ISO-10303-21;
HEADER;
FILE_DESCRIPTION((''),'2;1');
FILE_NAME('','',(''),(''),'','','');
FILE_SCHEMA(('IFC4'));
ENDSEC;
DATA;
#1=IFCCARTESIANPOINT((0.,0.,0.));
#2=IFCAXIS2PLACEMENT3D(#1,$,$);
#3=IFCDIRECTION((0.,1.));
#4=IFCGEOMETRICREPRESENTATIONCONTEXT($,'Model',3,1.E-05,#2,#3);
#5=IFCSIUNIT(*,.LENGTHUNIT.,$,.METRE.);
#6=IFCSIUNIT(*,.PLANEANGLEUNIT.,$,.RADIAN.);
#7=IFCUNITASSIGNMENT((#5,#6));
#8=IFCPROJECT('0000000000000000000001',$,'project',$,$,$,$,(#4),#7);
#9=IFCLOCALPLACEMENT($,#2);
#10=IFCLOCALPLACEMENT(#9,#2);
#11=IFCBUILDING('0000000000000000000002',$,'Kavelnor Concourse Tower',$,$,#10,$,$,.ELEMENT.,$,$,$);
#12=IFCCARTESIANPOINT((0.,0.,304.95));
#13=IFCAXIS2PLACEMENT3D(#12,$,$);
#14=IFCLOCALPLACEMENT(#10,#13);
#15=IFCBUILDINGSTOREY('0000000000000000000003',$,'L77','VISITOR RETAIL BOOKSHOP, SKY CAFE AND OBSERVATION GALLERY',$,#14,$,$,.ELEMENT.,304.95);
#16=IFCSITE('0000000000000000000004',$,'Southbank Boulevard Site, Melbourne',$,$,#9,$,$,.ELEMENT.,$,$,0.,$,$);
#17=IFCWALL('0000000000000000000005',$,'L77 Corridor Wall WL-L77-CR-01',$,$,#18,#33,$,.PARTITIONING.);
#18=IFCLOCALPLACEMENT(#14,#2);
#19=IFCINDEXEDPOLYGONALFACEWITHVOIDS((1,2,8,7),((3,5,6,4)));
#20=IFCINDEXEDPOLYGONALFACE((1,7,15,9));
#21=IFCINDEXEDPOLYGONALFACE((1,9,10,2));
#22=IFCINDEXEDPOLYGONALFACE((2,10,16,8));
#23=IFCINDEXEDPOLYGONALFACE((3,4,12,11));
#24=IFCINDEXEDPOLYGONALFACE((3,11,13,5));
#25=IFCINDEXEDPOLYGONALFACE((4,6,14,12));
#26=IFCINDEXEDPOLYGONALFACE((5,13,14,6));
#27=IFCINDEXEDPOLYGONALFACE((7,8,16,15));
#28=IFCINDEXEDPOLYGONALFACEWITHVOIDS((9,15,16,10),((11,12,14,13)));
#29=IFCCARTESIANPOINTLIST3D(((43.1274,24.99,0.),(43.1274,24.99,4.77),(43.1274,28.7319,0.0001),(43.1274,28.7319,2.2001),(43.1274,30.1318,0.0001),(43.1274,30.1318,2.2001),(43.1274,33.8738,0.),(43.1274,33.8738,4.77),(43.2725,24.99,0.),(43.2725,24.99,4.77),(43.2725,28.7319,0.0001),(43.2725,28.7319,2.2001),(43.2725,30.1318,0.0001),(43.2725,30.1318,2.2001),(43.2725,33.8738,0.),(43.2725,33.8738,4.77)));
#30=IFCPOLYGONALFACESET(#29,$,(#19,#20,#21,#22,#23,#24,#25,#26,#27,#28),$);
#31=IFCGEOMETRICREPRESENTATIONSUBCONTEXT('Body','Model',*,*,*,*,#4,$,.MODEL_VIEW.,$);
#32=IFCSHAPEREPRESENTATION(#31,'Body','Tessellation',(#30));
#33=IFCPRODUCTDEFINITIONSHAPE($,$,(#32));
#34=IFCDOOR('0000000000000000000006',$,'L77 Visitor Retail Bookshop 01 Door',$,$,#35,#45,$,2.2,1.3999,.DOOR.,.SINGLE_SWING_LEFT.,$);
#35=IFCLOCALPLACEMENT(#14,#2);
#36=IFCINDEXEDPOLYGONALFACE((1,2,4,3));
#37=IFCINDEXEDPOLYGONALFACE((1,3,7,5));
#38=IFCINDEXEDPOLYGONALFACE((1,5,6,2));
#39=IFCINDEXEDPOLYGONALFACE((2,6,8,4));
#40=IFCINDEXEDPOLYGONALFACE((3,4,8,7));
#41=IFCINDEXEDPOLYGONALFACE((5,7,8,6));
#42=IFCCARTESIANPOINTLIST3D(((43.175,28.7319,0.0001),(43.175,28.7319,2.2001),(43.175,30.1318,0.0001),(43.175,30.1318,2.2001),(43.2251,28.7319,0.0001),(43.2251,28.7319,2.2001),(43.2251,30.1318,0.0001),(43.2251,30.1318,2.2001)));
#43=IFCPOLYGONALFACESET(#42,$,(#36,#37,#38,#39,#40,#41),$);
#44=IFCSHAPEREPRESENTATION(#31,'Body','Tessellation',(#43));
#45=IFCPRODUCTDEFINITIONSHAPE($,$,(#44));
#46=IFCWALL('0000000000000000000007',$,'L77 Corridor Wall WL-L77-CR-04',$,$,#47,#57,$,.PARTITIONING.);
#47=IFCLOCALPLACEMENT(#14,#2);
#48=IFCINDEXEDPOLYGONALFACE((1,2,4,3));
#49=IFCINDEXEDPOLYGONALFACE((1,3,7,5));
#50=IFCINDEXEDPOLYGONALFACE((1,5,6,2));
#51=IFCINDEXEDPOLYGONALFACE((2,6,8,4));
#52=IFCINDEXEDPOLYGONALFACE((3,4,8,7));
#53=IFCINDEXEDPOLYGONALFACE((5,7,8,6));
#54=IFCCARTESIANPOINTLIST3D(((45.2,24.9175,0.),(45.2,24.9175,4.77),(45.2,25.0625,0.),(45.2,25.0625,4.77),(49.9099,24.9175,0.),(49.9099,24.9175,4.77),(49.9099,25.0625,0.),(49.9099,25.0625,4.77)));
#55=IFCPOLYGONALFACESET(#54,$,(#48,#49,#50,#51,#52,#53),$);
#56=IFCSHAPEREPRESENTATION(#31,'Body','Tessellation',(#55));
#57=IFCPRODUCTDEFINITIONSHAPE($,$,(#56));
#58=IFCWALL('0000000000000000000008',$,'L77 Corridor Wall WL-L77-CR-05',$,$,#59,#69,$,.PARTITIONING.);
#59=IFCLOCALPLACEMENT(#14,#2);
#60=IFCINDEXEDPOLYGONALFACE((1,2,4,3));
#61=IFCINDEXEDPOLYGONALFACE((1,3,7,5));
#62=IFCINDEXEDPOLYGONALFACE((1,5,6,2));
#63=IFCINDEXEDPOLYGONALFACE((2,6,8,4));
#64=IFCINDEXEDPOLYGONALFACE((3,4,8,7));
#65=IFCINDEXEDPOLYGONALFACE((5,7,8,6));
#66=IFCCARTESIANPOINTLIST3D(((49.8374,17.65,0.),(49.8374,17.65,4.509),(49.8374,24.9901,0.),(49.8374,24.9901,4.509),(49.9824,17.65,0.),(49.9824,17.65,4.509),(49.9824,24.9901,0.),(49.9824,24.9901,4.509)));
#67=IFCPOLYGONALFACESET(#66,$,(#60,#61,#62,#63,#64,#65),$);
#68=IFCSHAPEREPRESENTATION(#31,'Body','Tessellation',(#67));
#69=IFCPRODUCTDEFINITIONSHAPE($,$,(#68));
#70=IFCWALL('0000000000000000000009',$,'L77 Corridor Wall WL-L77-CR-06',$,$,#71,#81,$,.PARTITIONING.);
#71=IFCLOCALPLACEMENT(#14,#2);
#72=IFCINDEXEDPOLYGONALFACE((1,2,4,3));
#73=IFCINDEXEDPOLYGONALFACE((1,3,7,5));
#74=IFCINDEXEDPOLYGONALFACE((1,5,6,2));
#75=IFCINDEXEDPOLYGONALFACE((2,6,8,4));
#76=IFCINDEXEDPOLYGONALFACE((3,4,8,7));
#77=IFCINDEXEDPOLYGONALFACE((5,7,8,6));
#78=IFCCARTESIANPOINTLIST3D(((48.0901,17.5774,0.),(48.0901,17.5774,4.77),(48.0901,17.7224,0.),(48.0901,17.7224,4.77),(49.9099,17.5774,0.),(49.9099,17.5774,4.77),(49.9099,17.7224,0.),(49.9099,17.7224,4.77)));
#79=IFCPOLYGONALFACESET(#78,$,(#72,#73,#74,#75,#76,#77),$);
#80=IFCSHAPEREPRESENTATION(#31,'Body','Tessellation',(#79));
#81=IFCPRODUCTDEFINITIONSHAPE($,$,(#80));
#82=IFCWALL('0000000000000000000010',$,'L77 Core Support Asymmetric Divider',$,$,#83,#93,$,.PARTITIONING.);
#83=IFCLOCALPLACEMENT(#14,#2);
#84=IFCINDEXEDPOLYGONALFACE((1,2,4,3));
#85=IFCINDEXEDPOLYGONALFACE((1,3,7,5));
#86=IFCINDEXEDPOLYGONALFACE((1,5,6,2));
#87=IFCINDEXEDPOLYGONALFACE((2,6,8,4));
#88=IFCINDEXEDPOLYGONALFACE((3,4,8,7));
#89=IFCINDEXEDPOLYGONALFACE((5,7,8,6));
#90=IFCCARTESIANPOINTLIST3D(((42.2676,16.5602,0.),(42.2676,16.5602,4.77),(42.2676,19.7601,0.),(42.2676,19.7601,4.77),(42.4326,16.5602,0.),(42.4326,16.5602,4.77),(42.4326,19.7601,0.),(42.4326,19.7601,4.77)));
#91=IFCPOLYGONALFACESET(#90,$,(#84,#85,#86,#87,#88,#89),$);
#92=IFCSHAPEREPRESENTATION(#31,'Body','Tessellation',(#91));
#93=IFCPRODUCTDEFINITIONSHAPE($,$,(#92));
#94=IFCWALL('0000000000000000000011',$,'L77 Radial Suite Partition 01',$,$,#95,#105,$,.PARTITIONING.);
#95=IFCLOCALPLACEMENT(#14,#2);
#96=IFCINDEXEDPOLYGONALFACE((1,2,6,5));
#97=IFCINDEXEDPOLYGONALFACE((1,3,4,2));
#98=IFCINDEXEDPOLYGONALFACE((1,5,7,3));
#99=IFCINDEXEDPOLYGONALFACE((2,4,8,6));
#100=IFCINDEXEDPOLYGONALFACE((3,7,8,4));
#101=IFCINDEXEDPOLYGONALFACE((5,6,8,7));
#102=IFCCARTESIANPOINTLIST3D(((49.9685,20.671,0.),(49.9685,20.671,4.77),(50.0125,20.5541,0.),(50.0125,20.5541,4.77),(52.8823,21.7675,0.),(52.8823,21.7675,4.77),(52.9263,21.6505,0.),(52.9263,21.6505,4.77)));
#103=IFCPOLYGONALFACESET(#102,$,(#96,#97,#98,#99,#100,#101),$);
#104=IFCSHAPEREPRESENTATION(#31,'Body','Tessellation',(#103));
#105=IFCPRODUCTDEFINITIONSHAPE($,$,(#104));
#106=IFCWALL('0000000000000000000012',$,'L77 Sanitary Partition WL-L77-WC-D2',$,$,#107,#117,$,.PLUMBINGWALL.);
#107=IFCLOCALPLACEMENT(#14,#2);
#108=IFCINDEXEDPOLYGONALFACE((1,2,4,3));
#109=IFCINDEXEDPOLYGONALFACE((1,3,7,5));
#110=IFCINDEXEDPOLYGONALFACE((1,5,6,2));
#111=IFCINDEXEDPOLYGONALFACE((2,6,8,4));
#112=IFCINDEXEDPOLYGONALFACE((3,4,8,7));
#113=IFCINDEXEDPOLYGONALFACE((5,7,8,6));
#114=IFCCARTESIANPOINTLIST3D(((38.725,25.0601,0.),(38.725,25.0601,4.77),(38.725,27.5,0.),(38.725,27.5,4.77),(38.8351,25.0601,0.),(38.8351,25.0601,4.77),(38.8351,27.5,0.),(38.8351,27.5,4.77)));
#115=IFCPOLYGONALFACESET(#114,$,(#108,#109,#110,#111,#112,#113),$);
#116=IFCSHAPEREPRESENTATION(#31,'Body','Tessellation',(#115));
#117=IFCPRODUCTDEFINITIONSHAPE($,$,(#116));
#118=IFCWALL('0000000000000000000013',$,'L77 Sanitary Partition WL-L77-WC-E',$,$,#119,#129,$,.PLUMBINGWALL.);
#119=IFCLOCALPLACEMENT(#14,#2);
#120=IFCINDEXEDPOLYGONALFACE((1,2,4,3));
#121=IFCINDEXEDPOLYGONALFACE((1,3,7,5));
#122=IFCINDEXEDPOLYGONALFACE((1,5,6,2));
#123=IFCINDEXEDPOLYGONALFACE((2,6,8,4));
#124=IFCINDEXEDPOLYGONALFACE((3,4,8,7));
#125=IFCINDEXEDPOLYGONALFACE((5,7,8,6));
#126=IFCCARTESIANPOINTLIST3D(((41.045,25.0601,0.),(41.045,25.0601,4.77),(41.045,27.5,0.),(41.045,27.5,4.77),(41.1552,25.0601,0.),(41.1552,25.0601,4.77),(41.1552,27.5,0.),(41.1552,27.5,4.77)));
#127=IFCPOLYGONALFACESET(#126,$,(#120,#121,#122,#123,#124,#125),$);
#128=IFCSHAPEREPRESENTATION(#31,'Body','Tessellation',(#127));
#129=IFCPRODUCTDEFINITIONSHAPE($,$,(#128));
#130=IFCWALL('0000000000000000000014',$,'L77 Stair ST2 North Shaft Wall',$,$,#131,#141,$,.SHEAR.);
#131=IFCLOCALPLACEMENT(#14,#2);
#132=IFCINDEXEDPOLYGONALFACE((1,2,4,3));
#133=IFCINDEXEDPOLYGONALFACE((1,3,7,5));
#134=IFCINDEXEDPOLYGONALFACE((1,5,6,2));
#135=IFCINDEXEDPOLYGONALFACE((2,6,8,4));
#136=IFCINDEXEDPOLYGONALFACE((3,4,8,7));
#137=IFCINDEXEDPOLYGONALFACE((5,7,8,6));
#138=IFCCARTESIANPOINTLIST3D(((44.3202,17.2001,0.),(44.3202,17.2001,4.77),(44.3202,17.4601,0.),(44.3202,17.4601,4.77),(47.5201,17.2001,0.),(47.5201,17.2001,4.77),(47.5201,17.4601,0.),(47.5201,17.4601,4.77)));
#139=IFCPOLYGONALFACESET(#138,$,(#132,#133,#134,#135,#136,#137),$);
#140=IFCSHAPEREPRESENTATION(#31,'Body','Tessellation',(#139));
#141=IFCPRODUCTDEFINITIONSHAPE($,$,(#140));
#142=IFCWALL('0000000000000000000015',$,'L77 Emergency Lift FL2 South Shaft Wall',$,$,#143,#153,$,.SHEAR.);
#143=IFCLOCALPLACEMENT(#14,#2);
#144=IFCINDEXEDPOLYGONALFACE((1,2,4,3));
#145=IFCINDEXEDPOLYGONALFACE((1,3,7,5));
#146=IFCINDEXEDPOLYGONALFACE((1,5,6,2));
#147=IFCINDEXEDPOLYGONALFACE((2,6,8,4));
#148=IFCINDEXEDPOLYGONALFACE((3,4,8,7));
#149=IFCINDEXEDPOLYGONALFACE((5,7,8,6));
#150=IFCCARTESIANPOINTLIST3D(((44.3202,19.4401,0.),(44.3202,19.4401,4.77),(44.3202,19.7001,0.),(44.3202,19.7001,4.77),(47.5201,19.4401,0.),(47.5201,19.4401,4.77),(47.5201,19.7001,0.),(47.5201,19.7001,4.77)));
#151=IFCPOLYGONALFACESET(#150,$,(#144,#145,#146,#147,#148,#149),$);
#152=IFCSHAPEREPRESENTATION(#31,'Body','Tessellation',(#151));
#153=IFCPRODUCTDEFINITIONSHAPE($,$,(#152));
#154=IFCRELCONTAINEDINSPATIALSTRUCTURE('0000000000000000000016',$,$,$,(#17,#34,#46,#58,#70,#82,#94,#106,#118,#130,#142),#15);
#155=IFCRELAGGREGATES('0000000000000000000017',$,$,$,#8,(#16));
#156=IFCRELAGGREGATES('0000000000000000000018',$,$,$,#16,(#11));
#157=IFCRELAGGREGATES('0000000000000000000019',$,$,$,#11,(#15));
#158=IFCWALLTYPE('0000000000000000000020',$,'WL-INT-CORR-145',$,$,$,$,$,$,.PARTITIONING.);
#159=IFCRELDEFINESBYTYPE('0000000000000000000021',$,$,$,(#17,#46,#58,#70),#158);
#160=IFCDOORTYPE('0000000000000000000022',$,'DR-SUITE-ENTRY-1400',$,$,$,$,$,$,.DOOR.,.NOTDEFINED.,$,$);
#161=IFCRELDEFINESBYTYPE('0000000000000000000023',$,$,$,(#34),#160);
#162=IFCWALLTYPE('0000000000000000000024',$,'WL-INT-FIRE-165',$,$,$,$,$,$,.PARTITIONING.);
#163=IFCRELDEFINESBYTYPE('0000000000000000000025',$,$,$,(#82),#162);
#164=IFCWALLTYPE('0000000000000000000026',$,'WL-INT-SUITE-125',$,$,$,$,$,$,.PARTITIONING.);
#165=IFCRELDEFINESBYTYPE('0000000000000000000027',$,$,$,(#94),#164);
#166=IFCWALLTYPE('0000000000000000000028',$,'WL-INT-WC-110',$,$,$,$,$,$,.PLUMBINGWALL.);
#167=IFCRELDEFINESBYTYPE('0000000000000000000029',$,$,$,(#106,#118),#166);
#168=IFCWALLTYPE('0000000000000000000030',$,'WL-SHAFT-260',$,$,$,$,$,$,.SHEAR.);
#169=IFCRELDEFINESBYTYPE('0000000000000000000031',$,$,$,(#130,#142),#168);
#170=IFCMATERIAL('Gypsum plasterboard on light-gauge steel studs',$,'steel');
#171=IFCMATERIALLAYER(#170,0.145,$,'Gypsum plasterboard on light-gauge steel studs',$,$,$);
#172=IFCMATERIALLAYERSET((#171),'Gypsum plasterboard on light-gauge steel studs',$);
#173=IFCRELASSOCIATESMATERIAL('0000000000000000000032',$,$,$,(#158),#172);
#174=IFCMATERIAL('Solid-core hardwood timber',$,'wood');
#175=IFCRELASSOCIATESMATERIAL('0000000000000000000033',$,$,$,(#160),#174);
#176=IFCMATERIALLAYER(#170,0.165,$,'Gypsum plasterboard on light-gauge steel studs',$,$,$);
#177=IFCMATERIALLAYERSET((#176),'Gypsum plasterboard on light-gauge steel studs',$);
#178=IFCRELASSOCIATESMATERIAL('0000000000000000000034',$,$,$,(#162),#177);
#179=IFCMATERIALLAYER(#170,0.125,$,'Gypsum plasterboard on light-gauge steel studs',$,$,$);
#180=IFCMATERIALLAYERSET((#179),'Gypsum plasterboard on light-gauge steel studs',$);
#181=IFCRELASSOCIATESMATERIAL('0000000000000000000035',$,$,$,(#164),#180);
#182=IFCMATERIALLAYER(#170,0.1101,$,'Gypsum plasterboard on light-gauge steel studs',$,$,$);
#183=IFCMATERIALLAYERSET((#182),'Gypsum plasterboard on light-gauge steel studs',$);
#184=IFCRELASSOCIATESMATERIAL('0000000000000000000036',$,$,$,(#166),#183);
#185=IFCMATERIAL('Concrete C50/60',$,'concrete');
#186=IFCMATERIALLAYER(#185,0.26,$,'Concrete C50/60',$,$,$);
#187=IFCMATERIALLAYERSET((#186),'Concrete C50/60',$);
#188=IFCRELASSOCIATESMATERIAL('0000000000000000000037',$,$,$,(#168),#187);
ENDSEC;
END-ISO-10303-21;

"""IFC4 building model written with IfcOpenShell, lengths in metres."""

from ifc_helpers import new_model, si_unit, direction, frame, frame_2d, origin, place, context, subcontext, project, spatial, rectangle, extrude, material, layer, layer_set, type_object, element, fill, save


model = new_model("IFC4")

# Units and contexts
model_context = context("Model", 3, precision=1e-05, world=origin(), true_north=direction((0.0, 1.0)))
body_context = subcontext(model_context, "Body", "Model", "MODEL_VIEW")
ifc_project = project(units=[si_unit("LENGTHUNIT", "METRE"), si_unit("PLANEANGLEUNIT", "RADIAN")], contexts=[model_context])

# Site, building, storey
site_placement = place(None, origin())
site = spatial("IfcSite", under=ifc_project, at=site_placement, Name="Southbank Boulevard Site, Melbourne", CompositionType="ELEMENT", RefElevation=0.0)
building_placement = place(site_placement, origin())
building = spatial("IfcBuilding", under=site, at=building_placement, Name="Kavelnor Concourse Tower", CompositionType="ELEMENT")
storey_placement = place(building_placement, frame((0.0, 0.0, 304.95)))
storey = spatial("IfcBuildingStorey", under=building, at=storey_placement, Name="L77", Description="VISITOR RETAIL BOOKSHOP, SKY CAFE AND OBSERVATION GALLERY", CompositionType="ELEMENT", Elevation=304.95)

# Wall, opening, door
ifc_material_1 = material(Name="Gypsum plasterboard on light-gauge steel studs", Category="steel")
ifc_layer_1 = layer(ifc_material_1, 0.145, Name="Gypsum plasterboard on light-gauge steel studs")
ifc_layer_set_1 = layer_set([ifc_layer_1], Name="Gypsum plasterboard on light-gauge steel studs")
wall_type_1 = type_object("IfcWallType", Name="WL-INT-CORR-145", PredefinedType="PARTITIONING", material=ifc_layer_set_1)
wall_1_placement = place(storey_placement, frame((43.2, 24.99, 0.0), z_axis=(0.0, 0.0, 1.0), x_axis=(0.0, 1.0, 0.0)))
wall_1 = element("IfcWall", 1, at=wall_1_placement, inside=storey, type_object=wall_type_1, Name="L77 Corridor Wall WL-L77-CR-01", PredefinedType="PARTITIONING", context=body_context, shape_type="SweptSolid", body=[
    extrude(rectangle(XDim=8.8838, YDim=0.145, at=frame_2d((4.4419, 0.0))), origin(), (0.0, 0.0, 1.0), 4.77),
])
opening_placement = place(wall_1_placement, frame((3.7419, 0.0, 0.0)))
opening = element("IfcOpeningElement", 2, at=opening_placement, cuts=wall_1, PredefinedType="OPENING", context=body_context, shape_type="SweptSolid", body=[
    extrude(rectangle(XDim=1.3999, YDim=2.2, at=frame_2d((0.7, 1.1001))), frame((0.0, 0.0825, 0.0), z_axis=(0.0, -1.0, 0.0), x_axis=(1.0, 0.0, 0.0)), (0.0, 0.0, 1.0), 0.165),
])
ifc_material_2 = material(Name="Solid-core hardwood timber", Category="wood")
door_type = type_object("IfcDoorType", Name="DR-SUITE-ENTRY-1400", OperationType="NOTDEFINED", PredefinedType="DOOR", material=ifc_material_2)
door_placement = place(opening_placement, origin())
door = element("IfcDoor", 3, at=door_placement, inside=storey, type_object=door_type, Name="L77 Visitor Retail Bookshop 01 Door", OperationType="SINGLE_SWING_LEFT", OverallHeight=2.2, OverallWidth=1.3999, PredefinedType="DOOR", context=body_context, shape_type="SweptSolid", body=[
    extrude(rectangle(XDim=1.3999, YDim=2.2, at=frame_2d((0.7, 1.1001))), frame((0.0, 0.0249, 0.0), z_axis=(0.0, -1.0, 0.0), x_axis=(1.0, 0.0, 0.0)), (0.0, 0.0, 1.0), 0.05),
])
fill(opening, door)

# Walls
wall_2_placement = place(storey_placement, frame((45.2, 24.99, 0.0), z_axis=(0.0, 0.0, 1.0), x_axis=(1.0, 0.0, 0.0)))
element("IfcWall", 4, at=wall_2_placement, inside=storey, type_object=wall_type_1, Name="L77 Corridor Wall WL-L77-CR-04", PredefinedType="PARTITIONING", context=body_context, shape_type="SweptSolid", body=[
    extrude(rectangle(XDim=4.71, YDim=0.145, at=frame_2d((2.355, 0.0))), origin(), (0.0, 0.0, 1.0), 4.77),
])
wall_3_placement = place(storey_placement, frame((49.9099, 24.99, 0.0), z_axis=(0.0, 0.0, 1.0), x_axis=(0.0, -1.0, 0.0)))
element("IfcWall", 5, at=wall_3_placement, inside=storey, type_object=wall_type_1, Name="L77 Corridor Wall WL-L77-CR-05", PredefinedType="PARTITIONING", context=body_context, shape_type="SweptSolid", body=[
    extrude(rectangle(XDim=7.3401, YDim=0.145, at=frame_2d((3.6699, 0.0))), origin(), (0.0, 0.0, 1.0), 4.509),
])
wall_4_placement = place(storey_placement, frame((49.9099, 17.6499, 0.0), z_axis=(0.0, 0.0, 1.0), x_axis=(-1.0, 0.0, 0.0)))
element("IfcWall", 6, at=wall_4_placement, inside=storey, type_object=wall_type_1, Name="L77 Corridor Wall WL-L77-CR-06", PredefinedType="PARTITIONING", context=body_context, shape_type="SweptSolid", body=[
    extrude(rectangle(XDim=1.8198, YDim=0.145, at=frame_2d((0.9099, 0.0))), origin(), (0.0, 0.0, 1.0), 4.77),
])
ifc_layer_2 = layer(ifc_material_1, 0.165, Name="Gypsum plasterboard on light-gauge steel studs")
ifc_layer_set_2 = layer_set([ifc_layer_2], Name="Gypsum plasterboard on light-gauge steel studs")
wall_type_2 = type_object("IfcWallType", Name="WL-INT-FIRE-165", PredefinedType="PARTITIONING", material=ifc_layer_set_2)
wall_5_placement = place(storey_placement, frame((42.3501, 16.5601, 0.0), z_axis=(0.0, 0.0, 1.0), x_axis=(0.0, 1.0, 0.0)))
element("IfcWall", 7, at=wall_5_placement, inside=storey, type_object=wall_type_2, Name="L77 Core Support Asymmetric Divider", PredefinedType="PARTITIONING", context=body_context, shape_type="SweptSolid", body=[
    extrude(rectangle(XDim=3.2, YDim=0.165, at=frame_2d((1.6001, 0.0))), origin(), (0.0, 0.0, 1.0), 4.77),
])
ifc_layer_3 = layer(ifc_material_1, 0.125, Name="Gypsum plasterboard on light-gauge steel studs")
ifc_layer_set_3 = layer_set([ifc_layer_3], Name="Gypsum plasterboard on light-gauge steel studs")
wall_type_3 = type_object("IfcWallType", Name="WL-INT-SUITE-125", PredefinedType="PARTITIONING", material=ifc_layer_set_3)
wall_6_placement = place(storey_placement, frame((49.9905, 20.6125, 0.0), z_axis=(0.0, 0.0, 1.0), x_axis=(0.935932, 0.35218, 0.0)))
element("IfcWall", 8, at=wall_6_placement, inside=storey, type_object=wall_type_3, Name="L77 Radial Suite Partition 01", PredefinedType="PARTITIONING", context=body_context, shape_type="SweptSolid", body=[
    extrude(rectangle(XDim=3.1133, YDim=0.125, at=frame_2d((1.5566, 0.0))), origin(), (0.0, 0.0, 1.0), 4.77),
])
ifc_layer_4 = layer(ifc_material_1, 0.1101, Name="Gypsum plasterboard on light-gauge steel studs")
ifc_layer_set_4 = layer_set([ifc_layer_4], Name="Gypsum plasterboard on light-gauge steel studs")
wall_type_4 = type_object("IfcWallType", Name="WL-INT-WC-110", PredefinedType="PLUMBINGWALL", material=ifc_layer_set_4)
for number, where, z_axis, x_axis, name in (
    (9, (38.78, 25.0601, 0.0), (0.0, 0.0, 1.0), (0.0, 1.0, 0.0), "L77 Sanitary Partition WL-L77-WC-D2"),
    (10, (41.1001, 25.0601, 0.0), (0.0, 0.0, 1.0), (0.0, 1.0, 0.0), "L77 Sanitary Partition WL-L77-WC-E"),
):
    element("IfcWall", number, at=place(storey_placement, frame(where, z_axis=z_axis, x_axis=x_axis)), inside=storey, type_object=wall_type_4, Name=name, PredefinedType="PLUMBINGWALL", context=body_context, shape_type="SweptSolid", body=[
        extrude(rectangle(XDim=2.4399, YDim=0.1101, at=frame_2d((1.22, 0.0))), origin(), (0.0, 0.0, 1.0), 4.77),
    ])
ifc_material_3 = material(Name="Concrete C50/60", Category="concrete")
ifc_layer_5 = layer(ifc_material_3, 0.26, Name="Concrete C50/60")
ifc_layer_set_5 = layer_set([ifc_layer_5], Name="Concrete C50/60")
wall_type_5 = type_object("IfcWallType", Name="WL-SHAFT-260", PredefinedType="SHEAR", material=ifc_layer_set_5)
for number, where, z_axis, x_axis, name in (
    (11, (44.3201, 17.3301, 0.0), (0.0, 0.0, 1.0), (1.0, 0.0, 0.0), "L77 Stair ST2 North Shaft Wall"),
    (12, (44.3201, 19.5701, 0.0), (0.0, 0.0, 1.0), (1.0, 0.0, 0.0), "L77 Emergency Lift FL2 South Shaft Wall"),
):
    element("IfcWall", number, at=place(storey_placement, frame(where, z_axis=z_axis, x_axis=x_axis)), inside=storey, type_object=wall_type_5, Name=name, PredefinedType="SHEAR", context=body_context, shape_type="SweptSolid", body=[
        extrude(rectangle(XDim=3.2, YDim=0.26, at=frame_2d((1.6001, 0.0))), origin(), (0.0, 0.0, 1.0), 4.77),
    ])

save(model, "model.ifc")
